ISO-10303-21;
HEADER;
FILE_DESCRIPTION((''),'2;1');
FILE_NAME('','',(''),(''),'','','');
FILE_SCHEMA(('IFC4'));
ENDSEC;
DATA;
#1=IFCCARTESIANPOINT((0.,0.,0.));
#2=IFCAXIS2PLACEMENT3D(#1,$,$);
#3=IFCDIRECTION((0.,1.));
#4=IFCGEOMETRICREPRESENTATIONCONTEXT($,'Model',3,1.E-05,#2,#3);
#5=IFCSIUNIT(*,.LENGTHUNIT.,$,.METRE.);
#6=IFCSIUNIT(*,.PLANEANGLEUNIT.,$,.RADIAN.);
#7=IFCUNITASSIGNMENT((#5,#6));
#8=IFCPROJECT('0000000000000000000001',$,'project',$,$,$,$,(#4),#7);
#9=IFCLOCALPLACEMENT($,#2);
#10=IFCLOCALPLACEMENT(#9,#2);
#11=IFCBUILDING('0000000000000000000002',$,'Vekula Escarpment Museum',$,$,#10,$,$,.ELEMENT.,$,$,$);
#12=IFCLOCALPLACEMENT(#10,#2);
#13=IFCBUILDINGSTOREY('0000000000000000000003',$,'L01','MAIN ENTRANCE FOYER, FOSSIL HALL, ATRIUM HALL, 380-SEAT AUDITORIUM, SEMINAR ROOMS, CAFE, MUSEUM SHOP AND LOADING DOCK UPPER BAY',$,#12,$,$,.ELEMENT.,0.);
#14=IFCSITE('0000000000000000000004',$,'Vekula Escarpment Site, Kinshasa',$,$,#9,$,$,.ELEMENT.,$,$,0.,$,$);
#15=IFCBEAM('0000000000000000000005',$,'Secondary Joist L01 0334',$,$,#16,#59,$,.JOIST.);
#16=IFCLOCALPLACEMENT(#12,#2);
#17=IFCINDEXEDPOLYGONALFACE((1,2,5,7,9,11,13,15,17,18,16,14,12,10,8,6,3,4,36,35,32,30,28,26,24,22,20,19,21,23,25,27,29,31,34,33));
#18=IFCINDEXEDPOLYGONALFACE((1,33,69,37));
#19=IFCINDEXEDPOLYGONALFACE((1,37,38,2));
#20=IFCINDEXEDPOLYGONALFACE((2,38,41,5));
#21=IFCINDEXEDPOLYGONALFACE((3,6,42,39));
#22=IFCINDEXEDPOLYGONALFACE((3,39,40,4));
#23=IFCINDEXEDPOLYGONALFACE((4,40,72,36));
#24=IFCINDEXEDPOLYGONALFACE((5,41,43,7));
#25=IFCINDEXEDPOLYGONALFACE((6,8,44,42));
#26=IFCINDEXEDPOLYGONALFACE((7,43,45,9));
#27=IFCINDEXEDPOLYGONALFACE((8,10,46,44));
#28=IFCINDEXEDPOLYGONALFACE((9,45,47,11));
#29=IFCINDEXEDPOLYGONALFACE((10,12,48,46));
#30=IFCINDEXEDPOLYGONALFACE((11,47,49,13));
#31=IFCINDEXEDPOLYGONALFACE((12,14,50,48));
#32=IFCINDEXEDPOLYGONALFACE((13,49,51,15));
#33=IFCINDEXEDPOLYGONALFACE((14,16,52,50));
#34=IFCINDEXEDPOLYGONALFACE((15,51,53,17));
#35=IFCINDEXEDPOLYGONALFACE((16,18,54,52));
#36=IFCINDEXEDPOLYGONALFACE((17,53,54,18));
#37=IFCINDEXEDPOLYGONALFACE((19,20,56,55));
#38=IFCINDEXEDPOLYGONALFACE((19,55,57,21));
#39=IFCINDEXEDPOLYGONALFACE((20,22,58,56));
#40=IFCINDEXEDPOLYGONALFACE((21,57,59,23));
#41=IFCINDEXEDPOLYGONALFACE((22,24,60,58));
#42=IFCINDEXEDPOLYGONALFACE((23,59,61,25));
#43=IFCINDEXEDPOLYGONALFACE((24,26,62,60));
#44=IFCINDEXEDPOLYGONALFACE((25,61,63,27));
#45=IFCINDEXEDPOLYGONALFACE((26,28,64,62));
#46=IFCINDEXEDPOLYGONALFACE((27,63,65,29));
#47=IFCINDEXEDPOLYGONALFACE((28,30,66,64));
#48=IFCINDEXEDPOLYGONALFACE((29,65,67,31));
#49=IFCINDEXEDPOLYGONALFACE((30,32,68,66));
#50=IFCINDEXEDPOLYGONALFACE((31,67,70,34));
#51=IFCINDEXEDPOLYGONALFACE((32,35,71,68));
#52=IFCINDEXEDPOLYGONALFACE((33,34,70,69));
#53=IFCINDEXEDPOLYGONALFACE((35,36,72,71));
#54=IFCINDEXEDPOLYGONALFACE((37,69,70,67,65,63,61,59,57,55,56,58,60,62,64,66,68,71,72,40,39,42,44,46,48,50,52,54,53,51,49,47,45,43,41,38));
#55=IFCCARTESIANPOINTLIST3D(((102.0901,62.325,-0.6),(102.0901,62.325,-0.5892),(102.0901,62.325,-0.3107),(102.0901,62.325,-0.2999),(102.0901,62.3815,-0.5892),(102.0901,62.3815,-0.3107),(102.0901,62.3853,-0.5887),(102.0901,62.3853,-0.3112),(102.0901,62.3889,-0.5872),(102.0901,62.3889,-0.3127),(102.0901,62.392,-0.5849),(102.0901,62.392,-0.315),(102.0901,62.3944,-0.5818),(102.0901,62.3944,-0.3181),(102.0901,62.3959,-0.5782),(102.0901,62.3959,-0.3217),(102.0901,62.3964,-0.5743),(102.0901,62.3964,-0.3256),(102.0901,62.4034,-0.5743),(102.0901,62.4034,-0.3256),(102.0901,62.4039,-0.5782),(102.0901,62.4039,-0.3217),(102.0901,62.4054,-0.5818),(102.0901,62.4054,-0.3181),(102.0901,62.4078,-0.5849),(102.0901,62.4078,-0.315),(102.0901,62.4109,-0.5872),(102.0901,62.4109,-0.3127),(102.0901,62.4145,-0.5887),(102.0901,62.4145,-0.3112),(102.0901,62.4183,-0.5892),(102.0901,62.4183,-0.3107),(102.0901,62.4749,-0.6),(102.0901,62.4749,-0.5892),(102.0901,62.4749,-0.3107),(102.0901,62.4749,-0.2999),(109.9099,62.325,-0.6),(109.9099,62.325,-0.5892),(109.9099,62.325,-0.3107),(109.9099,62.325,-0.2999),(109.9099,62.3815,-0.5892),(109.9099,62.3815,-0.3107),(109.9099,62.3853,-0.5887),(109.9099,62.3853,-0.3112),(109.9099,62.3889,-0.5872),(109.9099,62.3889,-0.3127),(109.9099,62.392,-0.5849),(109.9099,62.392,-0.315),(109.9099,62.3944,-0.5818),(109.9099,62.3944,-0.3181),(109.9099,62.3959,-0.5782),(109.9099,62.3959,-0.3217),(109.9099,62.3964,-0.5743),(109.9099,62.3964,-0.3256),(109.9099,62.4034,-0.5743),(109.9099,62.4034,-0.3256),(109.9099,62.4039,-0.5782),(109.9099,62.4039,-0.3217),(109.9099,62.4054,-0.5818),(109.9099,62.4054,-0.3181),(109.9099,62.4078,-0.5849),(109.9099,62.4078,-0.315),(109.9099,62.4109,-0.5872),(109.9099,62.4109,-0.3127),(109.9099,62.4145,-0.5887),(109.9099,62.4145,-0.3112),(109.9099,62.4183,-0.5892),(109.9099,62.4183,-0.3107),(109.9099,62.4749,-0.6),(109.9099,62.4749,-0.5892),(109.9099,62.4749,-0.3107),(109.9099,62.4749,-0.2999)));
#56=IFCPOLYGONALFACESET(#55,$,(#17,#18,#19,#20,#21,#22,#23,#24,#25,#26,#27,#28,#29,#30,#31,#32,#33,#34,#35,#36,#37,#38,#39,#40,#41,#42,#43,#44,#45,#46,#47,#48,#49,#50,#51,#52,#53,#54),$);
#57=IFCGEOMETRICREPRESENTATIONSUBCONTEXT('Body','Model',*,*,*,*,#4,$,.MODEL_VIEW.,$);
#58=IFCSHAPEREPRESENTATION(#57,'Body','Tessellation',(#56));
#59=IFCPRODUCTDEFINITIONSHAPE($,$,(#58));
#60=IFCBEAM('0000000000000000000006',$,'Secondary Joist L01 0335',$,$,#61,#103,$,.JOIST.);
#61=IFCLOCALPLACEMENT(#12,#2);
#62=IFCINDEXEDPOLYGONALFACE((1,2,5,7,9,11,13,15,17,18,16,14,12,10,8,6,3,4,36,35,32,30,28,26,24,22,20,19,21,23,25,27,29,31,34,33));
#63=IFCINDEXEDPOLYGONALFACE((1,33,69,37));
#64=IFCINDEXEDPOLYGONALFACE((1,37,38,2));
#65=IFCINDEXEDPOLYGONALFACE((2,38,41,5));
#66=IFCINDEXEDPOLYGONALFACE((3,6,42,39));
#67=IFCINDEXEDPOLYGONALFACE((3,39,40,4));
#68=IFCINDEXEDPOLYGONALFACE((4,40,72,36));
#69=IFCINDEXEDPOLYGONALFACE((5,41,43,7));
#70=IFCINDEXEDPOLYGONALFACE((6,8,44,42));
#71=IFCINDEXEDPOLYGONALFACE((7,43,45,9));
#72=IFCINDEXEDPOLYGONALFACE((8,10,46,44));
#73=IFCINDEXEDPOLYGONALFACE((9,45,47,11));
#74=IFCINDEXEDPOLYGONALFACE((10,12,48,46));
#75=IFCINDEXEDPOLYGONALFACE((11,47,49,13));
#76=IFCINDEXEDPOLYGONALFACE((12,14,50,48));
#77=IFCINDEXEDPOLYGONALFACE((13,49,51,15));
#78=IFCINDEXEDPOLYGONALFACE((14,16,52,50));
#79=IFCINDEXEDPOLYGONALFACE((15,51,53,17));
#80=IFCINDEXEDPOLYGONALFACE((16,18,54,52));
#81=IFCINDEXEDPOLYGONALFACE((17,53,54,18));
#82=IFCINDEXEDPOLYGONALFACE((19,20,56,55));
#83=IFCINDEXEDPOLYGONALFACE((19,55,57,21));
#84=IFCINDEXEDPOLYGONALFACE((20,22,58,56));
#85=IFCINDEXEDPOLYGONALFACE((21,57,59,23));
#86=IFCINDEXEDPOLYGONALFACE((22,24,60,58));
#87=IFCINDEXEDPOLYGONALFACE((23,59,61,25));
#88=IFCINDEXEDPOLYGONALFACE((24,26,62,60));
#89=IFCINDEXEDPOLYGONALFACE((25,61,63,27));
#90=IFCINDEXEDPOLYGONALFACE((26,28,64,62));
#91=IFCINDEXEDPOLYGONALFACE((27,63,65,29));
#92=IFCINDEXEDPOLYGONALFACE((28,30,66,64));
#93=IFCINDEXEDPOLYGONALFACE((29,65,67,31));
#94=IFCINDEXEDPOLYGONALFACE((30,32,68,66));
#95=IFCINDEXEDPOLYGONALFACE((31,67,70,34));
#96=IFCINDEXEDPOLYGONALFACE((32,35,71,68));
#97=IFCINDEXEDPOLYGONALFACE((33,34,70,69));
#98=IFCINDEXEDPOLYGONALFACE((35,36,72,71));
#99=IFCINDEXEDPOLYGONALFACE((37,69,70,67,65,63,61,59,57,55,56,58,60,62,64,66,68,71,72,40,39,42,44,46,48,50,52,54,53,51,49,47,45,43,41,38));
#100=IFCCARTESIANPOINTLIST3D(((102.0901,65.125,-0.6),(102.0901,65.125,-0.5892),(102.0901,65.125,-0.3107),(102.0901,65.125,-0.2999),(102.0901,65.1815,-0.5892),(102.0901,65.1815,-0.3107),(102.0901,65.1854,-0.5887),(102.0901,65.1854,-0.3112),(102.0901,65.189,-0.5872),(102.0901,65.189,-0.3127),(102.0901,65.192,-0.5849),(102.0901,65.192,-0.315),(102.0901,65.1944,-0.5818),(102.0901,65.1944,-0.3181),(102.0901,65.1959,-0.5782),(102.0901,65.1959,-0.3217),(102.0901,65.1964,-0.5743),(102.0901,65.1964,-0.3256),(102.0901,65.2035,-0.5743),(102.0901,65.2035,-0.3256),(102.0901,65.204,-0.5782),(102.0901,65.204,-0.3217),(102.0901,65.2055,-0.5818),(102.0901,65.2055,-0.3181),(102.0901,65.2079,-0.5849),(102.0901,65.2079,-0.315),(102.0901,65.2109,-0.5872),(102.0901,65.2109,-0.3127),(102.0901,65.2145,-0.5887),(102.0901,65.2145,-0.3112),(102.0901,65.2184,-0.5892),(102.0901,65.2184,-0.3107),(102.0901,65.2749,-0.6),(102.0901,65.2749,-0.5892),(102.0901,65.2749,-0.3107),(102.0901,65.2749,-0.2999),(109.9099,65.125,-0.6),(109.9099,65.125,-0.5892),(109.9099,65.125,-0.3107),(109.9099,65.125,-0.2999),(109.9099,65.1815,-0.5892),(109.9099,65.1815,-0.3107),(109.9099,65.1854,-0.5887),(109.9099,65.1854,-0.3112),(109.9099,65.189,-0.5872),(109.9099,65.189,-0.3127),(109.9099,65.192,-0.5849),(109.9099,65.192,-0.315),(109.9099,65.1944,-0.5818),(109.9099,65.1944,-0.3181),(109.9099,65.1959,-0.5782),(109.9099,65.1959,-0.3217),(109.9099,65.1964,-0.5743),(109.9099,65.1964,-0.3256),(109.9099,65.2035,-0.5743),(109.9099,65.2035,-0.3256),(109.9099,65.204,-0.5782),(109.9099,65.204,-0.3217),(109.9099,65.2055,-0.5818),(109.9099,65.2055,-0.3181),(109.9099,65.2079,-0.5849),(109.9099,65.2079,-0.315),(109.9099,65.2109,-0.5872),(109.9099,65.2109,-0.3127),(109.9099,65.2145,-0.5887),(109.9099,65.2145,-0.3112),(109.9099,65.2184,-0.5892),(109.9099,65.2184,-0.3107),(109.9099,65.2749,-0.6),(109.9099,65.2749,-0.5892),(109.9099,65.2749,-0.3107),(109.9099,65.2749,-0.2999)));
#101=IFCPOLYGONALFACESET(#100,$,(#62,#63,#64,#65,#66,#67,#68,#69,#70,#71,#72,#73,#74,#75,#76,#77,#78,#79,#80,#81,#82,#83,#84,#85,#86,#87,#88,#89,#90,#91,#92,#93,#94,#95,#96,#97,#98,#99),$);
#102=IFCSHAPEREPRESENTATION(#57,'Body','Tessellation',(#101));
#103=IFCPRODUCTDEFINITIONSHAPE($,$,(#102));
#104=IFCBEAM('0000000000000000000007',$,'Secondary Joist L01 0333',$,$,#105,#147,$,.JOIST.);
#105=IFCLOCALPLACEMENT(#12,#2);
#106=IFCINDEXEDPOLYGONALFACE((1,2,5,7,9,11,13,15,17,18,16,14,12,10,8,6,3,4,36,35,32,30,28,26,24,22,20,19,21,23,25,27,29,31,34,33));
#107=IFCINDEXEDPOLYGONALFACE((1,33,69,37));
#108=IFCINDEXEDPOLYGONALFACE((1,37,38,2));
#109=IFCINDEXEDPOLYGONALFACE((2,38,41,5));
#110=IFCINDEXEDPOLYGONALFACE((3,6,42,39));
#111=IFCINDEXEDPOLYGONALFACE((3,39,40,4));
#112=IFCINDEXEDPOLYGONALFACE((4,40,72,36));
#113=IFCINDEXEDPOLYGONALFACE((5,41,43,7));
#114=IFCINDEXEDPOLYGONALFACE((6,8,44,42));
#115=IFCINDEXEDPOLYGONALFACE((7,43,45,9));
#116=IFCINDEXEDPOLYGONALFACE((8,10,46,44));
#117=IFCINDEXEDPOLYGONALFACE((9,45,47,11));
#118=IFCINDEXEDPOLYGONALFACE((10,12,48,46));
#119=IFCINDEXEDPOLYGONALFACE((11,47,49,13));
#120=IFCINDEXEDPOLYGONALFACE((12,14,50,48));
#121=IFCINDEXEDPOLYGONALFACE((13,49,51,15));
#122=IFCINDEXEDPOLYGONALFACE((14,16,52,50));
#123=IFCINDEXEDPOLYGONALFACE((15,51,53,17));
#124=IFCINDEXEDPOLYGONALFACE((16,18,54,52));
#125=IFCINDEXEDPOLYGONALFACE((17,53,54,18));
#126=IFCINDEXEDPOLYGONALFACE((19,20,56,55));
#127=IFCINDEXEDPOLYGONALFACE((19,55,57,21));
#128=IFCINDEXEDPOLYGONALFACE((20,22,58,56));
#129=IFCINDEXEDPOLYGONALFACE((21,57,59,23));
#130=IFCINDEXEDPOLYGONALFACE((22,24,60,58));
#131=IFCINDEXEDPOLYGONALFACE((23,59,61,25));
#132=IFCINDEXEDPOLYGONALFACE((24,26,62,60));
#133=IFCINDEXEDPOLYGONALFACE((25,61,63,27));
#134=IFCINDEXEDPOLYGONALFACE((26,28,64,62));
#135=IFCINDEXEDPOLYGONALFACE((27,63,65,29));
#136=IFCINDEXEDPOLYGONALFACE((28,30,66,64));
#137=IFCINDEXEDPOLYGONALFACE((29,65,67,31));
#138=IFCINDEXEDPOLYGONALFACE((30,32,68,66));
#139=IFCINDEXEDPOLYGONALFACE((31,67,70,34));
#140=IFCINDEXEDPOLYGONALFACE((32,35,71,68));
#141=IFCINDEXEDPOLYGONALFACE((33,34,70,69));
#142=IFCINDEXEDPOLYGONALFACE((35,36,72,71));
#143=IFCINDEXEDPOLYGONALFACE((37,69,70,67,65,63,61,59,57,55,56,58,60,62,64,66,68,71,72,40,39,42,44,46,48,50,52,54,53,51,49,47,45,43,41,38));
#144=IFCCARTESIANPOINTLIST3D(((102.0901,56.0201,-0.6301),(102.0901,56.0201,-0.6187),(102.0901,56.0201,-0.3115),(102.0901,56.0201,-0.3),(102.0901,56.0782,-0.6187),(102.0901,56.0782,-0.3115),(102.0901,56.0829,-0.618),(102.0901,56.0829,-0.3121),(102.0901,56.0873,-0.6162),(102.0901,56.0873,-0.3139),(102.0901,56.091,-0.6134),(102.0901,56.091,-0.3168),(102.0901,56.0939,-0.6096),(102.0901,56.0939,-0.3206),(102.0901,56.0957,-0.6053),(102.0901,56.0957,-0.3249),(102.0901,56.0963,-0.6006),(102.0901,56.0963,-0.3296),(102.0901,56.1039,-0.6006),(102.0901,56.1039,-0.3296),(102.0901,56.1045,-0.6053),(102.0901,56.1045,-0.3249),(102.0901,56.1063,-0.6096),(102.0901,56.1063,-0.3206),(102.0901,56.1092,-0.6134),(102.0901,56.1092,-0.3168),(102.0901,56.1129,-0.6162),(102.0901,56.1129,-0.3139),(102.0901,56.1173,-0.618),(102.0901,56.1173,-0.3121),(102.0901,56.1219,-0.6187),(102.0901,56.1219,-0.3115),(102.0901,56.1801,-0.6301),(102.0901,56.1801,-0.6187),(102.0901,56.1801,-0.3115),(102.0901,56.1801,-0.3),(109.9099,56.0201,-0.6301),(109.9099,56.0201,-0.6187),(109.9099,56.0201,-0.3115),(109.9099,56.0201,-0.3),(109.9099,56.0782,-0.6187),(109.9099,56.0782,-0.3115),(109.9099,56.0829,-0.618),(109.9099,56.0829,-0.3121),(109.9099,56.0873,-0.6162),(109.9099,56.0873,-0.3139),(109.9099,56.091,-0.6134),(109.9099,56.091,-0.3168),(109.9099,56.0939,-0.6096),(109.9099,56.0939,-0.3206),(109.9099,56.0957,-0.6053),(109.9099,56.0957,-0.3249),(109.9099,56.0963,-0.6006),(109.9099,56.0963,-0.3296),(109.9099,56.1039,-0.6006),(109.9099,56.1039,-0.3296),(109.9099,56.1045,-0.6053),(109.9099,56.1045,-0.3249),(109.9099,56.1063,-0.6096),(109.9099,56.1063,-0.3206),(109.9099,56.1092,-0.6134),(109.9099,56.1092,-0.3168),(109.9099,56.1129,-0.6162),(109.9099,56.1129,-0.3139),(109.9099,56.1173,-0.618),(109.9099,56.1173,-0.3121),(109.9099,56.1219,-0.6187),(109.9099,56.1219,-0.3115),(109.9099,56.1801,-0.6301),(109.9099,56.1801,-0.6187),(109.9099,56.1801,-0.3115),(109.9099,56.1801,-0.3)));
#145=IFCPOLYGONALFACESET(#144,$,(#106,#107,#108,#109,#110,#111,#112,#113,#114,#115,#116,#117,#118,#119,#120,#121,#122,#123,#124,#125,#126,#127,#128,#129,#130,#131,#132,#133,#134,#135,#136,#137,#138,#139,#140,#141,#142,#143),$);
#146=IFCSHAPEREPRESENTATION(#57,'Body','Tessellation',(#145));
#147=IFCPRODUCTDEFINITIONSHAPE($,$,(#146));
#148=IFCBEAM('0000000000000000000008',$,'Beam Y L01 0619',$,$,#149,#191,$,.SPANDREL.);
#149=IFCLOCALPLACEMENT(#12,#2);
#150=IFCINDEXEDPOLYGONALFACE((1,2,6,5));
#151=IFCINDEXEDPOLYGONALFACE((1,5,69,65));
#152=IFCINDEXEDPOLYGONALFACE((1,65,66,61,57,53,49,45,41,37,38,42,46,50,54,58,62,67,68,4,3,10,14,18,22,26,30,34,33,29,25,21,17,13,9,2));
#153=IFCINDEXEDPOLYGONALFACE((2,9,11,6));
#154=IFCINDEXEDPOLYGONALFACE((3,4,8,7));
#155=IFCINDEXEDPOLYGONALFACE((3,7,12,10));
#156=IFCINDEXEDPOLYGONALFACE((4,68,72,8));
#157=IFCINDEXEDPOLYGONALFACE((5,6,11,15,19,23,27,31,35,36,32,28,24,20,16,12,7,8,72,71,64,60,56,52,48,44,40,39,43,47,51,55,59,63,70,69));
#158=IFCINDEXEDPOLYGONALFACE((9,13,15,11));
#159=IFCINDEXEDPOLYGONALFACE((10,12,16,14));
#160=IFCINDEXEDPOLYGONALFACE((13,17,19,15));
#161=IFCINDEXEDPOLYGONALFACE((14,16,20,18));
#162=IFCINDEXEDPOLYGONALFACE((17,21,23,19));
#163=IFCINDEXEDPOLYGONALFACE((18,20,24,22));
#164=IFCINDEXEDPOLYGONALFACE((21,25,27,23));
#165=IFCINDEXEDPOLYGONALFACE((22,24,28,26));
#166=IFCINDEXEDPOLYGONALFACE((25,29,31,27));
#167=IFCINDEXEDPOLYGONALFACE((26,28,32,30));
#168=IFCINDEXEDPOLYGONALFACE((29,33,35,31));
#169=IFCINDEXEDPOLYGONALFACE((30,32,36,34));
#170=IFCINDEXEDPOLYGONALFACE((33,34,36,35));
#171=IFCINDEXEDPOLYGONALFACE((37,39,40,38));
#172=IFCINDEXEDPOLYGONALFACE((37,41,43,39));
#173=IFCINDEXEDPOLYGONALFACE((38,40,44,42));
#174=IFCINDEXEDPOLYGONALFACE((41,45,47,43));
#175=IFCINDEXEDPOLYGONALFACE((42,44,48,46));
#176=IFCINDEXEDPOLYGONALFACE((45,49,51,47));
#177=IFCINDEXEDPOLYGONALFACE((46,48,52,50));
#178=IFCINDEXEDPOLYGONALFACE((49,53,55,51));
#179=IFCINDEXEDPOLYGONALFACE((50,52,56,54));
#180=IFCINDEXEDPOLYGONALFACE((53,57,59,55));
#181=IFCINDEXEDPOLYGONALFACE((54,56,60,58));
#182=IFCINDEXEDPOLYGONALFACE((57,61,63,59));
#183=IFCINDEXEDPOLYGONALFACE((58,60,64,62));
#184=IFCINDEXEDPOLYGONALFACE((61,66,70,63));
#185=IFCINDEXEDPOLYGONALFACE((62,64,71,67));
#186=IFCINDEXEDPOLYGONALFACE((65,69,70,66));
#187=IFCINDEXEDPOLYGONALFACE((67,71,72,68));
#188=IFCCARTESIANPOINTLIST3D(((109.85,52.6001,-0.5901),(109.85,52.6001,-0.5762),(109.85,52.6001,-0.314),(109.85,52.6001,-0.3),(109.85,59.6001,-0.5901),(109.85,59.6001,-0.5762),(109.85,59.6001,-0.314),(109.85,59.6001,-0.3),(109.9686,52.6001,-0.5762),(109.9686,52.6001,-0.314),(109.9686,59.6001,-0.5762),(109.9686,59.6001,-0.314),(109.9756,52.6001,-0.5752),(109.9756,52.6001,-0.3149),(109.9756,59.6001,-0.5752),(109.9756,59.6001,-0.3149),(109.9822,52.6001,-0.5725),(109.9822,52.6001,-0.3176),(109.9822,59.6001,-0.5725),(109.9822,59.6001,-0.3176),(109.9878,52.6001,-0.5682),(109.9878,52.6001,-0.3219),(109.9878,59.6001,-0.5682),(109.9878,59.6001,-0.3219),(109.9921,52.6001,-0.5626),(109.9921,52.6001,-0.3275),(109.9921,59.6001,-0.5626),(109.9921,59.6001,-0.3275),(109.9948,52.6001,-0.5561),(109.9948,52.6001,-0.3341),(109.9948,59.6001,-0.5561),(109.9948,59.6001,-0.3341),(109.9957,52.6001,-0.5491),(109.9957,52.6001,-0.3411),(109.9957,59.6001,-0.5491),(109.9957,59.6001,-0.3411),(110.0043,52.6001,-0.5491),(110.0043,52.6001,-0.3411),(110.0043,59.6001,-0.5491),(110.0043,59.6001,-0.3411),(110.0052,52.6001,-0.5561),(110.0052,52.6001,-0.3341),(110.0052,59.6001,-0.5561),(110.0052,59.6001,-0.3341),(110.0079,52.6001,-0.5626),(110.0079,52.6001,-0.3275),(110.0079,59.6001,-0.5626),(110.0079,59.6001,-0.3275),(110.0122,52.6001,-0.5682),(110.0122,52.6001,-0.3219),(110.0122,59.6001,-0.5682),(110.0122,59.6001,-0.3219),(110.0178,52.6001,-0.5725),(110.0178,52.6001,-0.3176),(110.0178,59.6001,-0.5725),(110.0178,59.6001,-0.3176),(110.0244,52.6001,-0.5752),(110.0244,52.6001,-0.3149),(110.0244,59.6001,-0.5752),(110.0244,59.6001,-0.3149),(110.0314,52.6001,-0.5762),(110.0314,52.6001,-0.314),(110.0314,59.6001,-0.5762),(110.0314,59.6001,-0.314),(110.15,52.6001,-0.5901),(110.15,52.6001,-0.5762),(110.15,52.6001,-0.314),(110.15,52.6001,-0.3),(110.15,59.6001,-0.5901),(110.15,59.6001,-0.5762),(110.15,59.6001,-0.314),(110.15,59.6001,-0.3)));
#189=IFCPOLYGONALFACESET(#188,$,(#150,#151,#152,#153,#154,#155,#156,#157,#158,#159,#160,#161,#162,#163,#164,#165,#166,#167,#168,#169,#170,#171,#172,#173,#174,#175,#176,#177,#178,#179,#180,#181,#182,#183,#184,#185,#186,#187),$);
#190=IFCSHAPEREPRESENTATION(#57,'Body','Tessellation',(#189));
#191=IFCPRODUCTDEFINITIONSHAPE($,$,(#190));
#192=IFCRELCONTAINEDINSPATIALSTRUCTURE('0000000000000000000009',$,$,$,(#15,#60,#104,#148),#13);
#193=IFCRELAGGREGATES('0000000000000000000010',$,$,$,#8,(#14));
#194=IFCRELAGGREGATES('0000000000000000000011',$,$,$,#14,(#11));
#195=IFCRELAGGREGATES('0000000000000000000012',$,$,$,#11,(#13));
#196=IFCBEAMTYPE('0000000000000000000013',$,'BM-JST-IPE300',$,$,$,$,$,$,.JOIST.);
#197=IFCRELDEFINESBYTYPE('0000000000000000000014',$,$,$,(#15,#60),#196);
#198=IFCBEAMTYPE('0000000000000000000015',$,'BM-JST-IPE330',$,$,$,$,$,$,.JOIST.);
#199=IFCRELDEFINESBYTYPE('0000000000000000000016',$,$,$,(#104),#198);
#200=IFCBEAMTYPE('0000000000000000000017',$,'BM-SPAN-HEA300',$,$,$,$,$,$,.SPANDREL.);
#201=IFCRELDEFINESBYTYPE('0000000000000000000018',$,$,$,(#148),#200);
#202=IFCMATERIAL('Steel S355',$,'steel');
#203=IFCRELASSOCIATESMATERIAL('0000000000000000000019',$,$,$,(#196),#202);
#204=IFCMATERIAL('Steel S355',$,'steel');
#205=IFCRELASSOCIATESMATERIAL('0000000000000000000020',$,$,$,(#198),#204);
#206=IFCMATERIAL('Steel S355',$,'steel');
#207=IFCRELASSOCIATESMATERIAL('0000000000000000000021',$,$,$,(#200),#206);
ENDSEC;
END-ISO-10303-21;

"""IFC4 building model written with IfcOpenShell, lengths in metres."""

from ifc_helpers import new_model, si_unit, direction, frame, origin, origin_2d, place, context, subcontext, project, spatial, i_section, extrude, material, material_profile, profile_set, type_object, element, save


model = new_model("IFC4")

# Units and contexts
model_context = context("Model", 3, precision=1e-05, world=origin(), true_north=direction((0.0, 1.0)))
body_context = subcontext(model_context, "Body", "Model", "MODEL_VIEW")
ifc_project = project(units=[si_unit("LENGTHUNIT", "METRE"), si_unit("PLANEANGLEUNIT", "RADIAN")], contexts=[model_context])

# Site, building, storey
site_placement = place(None, origin())
site = spatial("IfcSite", under=ifc_project, at=site_placement, Name="Vekula Escarpment Site, Kinshasa", CompositionType="ELEMENT", RefElevation=0.0)
building_placement = place(site_placement, origin())
building = spatial("IfcBuilding", under=site, at=building_placement, Name="Vekula Escarpment Museum", CompositionType="ELEMENT")
storey_placement = place(building_placement, origin())
storey = spatial("IfcBuildingStorey", under=building, at=storey_placement, Name="L01", Description="MAIN ENTRANCE FOYER, FOSSIL HALL, ATRIUM HALL, 380-SEAT AUDITORIUM, SEMINAR ROOMS, CAFE, MUSEUM SHOP AND LOADING DOCK UPPER BAY", CompositionType="ELEMENT", Elevation=0.0)

# Beams
ifc_material_1 = material(Name="Steel S355", Category="steel")
ifc_material_profile_1 = material_profile(ifc_material_1, i_section(OverallWidth=0.1499, OverallDepth=0.3, WebThickness=0.0071, FlangeThickness=0.0107, FilletRadius=0.0149, at=origin_2d()), Name="IPE 300")
ifc_profile_set_1 = profile_set([ifc_material_profile_1], Name="Steel S355")
beam_type_1 = type_object("IfcBeamType", Name="BM-JST-IPE300", PredefinedType="JOIST", material=ifc_profile_set_1)
for number, where, z_axis, x_axis, name in (
    (1, (102.0901, 62.3999, -0.45), (1.0, 0.0, 0.0), (0.0, 1.0, 0.0), "Secondary Joist L01 0334"),
    (2, (102.0901, 65.2, -0.45), (1.0, 0.0, 0.0), (0.0, 1.0, 0.0), "Secondary Joist L01 0335"),
):
    element("IfcBeam", number, at=place(storey_placement, frame(where, z_axis=z_axis, x_axis=x_axis)), inside=storey, type_object=beam_type_1, Name=name, PredefinedType="JOIST", context=body_context, shape_type="SweptSolid", body=[
        extrude(i_section(OverallWidth=0.1499, OverallDepth=0.3, WebThickness=0.0071, FlangeThickness=0.0107, FilletRadius=0.0149, at=origin_2d()), origin(), (0.0, 0.0, 1.0), 7.8198),
    ])
ifc_material_2 = material(Name="Steel S355", Category="steel")
ifc_material_profile_2 = material_profile(ifc_material_2, i_section(OverallWidth=0.1599, OverallDepth=0.3301, WebThickness=0.0076, FlangeThickness=0.0115, FilletRadius=0.0181, at=origin_2d()), Name="IPE 330")
ifc_profile_set_2 = profile_set([ifc_material_profile_2], Name="Steel S355")
beam_type_2 = type_object("IfcBeamType", Name="BM-JST-IPE330", PredefinedType="JOIST", material=ifc_profile_set_2)
beam_1_placement = place(storey_placement, frame((102.0901, 56.1001, -0.4651), z_axis=(1.0, 0.0, 0.0), x_axis=(0.0, 1.0, 0.0)))
element("IfcBeam", 3, at=beam_1_placement, inside=storey, type_object=beam_type_2, Name="Secondary Joist L01 0333", PredefinedType="JOIST", context=body_context, shape_type="SweptSolid", body=[
    extrude(i_section(OverallWidth=0.1599, OverallDepth=0.3301, WebThickness=0.0076, FlangeThickness=0.0115, FilletRadius=0.0181, at=origin_2d()), origin(), (0.0, 0.0, 1.0), 7.8198),
])
ifc_material_3 = material(Name="Steel S355", Category="steel")
ifc_material_profile_3 = material_profile(ifc_material_3, i_section(OverallWidth=0.3, OverallDepth=0.29, WebThickness=0.0085, FlangeThickness=0.0139, FilletRadius=0.0271, at=origin_2d()), Name="HEA 300")
ifc_profile_set_3 = profile_set([ifc_material_profile_3], Name="Steel S355")
beam_type_3 = type_object("IfcBeamType", Name="BM-SPAN-HEA300", PredefinedType="SPANDREL", material=ifc_profile_set_3)
beam_2_placement = place(storey_placement, frame((110.0, 52.6001, -0.4451), z_axis=(0.0, 1.0, 0.0), x_axis=(-1.0, 0.0, 0.0)))
element("IfcBeam", 4, at=beam_2_placement, inside=storey, type_object=beam_type_3, Name="Beam Y L01 0619", PredefinedType="SPANDREL", context=body_context, shape_type="SweptSolid", body=[
    extrude(i_section(OverallWidth=0.3, OverallDepth=0.29, WebThickness=0.0085, FlangeThickness=0.0139, FilletRadius=0.0271, at=origin_2d()), origin(), (0.0, 0.0, 1.0), 7.0),
])

save(model, "model.ifc")
